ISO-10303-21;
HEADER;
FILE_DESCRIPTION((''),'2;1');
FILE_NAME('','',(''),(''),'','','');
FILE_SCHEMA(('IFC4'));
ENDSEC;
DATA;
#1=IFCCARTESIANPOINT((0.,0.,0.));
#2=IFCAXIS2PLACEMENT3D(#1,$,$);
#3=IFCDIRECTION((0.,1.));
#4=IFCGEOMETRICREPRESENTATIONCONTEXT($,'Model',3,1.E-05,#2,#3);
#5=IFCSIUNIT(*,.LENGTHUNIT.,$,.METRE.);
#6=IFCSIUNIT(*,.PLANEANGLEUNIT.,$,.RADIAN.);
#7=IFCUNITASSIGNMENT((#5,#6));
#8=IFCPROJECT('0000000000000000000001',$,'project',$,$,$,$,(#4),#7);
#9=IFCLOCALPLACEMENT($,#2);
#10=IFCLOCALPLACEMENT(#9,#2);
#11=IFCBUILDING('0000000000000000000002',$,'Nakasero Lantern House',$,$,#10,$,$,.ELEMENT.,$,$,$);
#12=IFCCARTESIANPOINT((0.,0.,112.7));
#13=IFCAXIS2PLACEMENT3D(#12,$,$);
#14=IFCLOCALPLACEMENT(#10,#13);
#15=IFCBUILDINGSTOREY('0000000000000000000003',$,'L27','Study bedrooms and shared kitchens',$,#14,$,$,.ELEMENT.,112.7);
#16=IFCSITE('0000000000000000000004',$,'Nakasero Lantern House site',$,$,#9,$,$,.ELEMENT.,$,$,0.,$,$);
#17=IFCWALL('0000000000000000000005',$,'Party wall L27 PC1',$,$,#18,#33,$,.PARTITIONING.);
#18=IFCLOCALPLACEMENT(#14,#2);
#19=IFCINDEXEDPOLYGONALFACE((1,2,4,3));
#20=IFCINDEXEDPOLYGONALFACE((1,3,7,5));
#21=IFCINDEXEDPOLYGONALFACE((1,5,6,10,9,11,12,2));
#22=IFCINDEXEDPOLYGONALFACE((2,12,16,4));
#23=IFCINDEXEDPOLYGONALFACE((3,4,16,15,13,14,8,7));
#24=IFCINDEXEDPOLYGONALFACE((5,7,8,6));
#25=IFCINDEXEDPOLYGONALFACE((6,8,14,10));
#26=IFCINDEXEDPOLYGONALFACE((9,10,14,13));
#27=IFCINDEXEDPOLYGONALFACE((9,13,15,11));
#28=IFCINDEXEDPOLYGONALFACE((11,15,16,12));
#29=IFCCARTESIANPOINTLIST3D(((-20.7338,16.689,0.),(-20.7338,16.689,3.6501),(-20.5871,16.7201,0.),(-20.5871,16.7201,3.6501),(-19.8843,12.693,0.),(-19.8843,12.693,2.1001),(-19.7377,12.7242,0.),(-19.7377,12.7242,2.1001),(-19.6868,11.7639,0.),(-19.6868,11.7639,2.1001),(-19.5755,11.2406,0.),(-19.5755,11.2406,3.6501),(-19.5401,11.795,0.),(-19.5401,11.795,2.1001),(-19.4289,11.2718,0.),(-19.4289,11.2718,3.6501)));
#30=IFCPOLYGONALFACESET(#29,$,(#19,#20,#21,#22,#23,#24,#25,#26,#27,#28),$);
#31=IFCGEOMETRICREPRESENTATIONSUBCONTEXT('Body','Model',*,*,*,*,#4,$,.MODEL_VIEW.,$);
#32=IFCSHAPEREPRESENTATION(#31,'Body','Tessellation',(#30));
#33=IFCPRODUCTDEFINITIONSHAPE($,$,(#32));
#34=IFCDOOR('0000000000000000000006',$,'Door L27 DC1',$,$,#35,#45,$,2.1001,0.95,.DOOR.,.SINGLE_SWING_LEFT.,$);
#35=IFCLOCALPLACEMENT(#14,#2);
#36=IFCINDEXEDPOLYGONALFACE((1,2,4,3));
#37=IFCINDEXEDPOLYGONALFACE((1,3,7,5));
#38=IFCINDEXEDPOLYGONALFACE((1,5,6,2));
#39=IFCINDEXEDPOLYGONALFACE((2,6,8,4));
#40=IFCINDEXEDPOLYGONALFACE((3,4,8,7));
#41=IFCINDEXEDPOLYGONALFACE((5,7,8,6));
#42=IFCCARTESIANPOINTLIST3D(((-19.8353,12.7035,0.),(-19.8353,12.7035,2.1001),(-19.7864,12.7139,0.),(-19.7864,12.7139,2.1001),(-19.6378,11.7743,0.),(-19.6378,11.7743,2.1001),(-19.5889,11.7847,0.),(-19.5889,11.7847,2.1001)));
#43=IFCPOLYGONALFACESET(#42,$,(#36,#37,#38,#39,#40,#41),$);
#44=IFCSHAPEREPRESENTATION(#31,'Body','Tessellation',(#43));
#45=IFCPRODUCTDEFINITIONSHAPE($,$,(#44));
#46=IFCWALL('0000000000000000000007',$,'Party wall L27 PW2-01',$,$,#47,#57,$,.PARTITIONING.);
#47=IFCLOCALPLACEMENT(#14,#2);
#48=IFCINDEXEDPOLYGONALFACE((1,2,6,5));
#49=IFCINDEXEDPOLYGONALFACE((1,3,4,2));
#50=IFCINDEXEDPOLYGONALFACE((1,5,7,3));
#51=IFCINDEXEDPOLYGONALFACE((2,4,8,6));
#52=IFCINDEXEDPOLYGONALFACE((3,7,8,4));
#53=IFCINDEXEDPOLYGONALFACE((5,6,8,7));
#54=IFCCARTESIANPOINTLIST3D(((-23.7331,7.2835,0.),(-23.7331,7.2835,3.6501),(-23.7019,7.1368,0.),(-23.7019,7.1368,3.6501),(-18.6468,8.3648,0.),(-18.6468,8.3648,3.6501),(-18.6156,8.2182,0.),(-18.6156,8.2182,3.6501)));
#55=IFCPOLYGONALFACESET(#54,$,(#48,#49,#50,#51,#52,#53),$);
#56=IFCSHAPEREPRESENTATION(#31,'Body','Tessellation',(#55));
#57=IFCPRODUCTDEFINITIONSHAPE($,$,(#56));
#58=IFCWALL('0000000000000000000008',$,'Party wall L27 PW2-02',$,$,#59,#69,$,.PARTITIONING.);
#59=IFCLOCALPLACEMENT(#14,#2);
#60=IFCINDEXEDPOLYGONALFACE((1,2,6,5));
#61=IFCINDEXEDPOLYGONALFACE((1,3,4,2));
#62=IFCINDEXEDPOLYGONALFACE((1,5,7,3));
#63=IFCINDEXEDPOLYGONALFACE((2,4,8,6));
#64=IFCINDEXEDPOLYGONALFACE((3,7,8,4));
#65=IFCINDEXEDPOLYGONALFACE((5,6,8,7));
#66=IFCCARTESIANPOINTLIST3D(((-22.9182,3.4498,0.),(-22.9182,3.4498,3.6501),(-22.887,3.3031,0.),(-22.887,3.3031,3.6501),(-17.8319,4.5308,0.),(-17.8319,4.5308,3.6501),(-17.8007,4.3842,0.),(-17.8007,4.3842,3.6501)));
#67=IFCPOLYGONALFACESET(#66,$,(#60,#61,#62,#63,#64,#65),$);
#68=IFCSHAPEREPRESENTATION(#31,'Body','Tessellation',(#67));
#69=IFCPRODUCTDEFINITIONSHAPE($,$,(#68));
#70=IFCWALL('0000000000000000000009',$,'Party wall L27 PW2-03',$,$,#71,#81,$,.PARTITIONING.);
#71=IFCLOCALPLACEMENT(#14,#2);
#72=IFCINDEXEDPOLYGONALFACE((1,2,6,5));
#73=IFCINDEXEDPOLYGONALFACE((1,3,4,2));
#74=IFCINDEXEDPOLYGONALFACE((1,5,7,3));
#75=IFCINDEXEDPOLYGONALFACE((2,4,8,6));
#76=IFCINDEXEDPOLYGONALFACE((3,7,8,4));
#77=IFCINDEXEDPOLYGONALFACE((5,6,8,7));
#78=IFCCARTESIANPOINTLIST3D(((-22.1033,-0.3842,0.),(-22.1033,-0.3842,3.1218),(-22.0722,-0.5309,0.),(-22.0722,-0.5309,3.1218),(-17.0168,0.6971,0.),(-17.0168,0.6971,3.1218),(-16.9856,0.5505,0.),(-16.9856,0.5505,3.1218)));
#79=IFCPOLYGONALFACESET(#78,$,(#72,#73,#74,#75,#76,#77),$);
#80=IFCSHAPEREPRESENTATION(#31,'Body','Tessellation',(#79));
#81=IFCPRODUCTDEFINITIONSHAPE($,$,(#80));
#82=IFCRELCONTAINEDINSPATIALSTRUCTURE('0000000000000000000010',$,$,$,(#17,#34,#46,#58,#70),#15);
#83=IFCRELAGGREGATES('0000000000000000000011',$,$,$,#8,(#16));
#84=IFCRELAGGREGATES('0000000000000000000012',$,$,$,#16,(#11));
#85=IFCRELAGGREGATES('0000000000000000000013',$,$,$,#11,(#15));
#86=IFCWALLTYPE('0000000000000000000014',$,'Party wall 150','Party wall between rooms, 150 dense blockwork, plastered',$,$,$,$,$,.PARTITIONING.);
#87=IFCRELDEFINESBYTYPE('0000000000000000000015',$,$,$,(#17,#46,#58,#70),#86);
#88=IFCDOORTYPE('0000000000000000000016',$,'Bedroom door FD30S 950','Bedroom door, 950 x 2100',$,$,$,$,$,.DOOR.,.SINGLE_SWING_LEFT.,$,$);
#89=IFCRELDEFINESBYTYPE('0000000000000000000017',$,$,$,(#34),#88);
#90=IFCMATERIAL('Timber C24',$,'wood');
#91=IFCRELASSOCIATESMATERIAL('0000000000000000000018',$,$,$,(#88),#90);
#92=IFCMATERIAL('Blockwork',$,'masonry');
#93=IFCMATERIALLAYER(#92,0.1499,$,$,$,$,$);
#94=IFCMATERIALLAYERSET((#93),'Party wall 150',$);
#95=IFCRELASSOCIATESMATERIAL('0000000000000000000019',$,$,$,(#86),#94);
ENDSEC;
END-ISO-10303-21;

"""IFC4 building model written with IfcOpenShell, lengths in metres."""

from ifc_helpers import new_model, si_unit, direction, frame, frame_2d, origin, place, context, subcontext, project, spatial, rectangle, extrude, material, layer, layer_set, type_object, element, fill, save


model = new_model("IFC4")

# Units and contexts
model_context = context("Model", 3, precision=1e-05, world=origin(), true_north=direction((0.0, 1.0)))
body_context = subcontext(model_context, "Body", "Model", "MODEL_VIEW")
ifc_project = project(units=[si_unit("LENGTHUNIT", "METRE"), si_unit("PLANEANGLEUNIT", "RADIAN")], contexts=[model_context])

# Site, building, storey
site_placement = place(None, origin())
site = spatial("IfcSite", under=ifc_project, at=site_placement, Name="Nakasero Lantern House site", CompositionType="ELEMENT", RefElevation=0.0)
building_placement = place(site_placement, origin())
building = spatial("IfcBuilding", under=site, at=building_placement, Name="Nakasero Lantern House", CompositionType="ELEMENT")
storey_placement = place(building_placement, frame((0.0, 0.0, 112.7)))
storey = spatial("IfcBuildingStorey", under=building, at=storey_placement, Name="L27", Description="Study bedrooms and shared kitchens", CompositionType="ELEMENT", Elevation=112.7)

# Shared definitions
ifc_material_1 = material(Name="Timber C24", Category="wood")
door_type_1 = type_object("IfcDoorType", Name="Bedroom door FD30S 950", Description="Bedroom door, 950 x 2100", OperationType="SINGLE_SWING_LEFT", PredefinedType="DOOR", material=ifc_material_1)

# Wall, opening, door
ifc_material_2 = material(Name="Blockwork", Category="masonry")
ifc_layer_1 = layer(ifc_material_2, 0.1499)
ifc_layer_set_1 = layer_set([ifc_layer_1], Name="Party wall 150")
wall_type_1 = type_object("IfcWallType", Name="Party wall 150", Description="Party wall between rooms, 150 dense blockwork, plastered", PredefinedType="PARTITIONING", material=ifc_layer_set_1)
wall_1_placement = place(storey_placement, frame((-19.5022, 11.2561, 0.0), z_axis=(0.0, 0.0, 1.0), x_axis=(-0.207936, 0.978142, 0.0)))
wall_1 = element("IfcWall", 1, at=wall_1_placement, inside=storey, type_object=wall_type_1, Name="Party wall L27 PC1", PredefinedType="PARTITIONING", context=body_context, shape_type="SweptSolid", body=[
    extrude(rectangle(XDim=5.5701, YDim=0.1499, at=frame_2d((2.7852, 0.0))), origin(), (0.0, 0.0, 1.0), 3.6501),
])
opening_1_placement = place(wall_1_placement, frame((0.5349, 0.0, 0.0)))
opening_1 = element("IfcOpeningElement", 2, at=opening_1_placement, cuts=wall_1, PredefinedType="OPENING", context=body_context, shape_type="SweptSolid", body=[
    extrude(rectangle(XDim=0.95, YDim=2.1001, at=frame_2d((0.4751, 1.05))), frame((0.0, 0.095, 0.0), z_axis=(0.0, -1.0, 0.0), x_axis=(1.0, 0.0, 0.0)), (0.0, 0.0, 1.0), 0.1899),
])
door_1_placement = place(opening_1_placement, origin())
door_1 = element("IfcDoor", 3, at=door_1_placement, inside=storey, type_object=door_type_1, Name="Door L27 DC1", OperationType="SINGLE_SWING_LEFT", OverallHeight=2.1001, OverallWidth=0.95, PredefinedType="DOOR", context=body_context, shape_type="SweptSolid", body=[
    extrude(rectangle(XDim=0.95, YDim=2.1001, at=frame_2d((0.4751, 1.05))), frame((0.0, 0.0249, 0.0), z_axis=(0.0, -1.0, 0.0), x_axis=(1.0, 0.0, 0.0)), (0.0, 0.0, 1.0), 0.05),
])
fill(opening_1, door_1)

# Walls
for number, where, z_axis, x_axis, name in (
    (4, (-18.6311, 8.2915, 0.0), (0.0, 0.0, 1.0), (-0.97814, -0.207948, 0.0), "Party wall L27 PW2-01"),
    (5, (-17.8162, 4.4575, 0.0), (0.0, 0.0, 1.0), (-0.978151, -0.207894, 0.0), "Party wall L27 PW2-02"),
):
    element("IfcWall", number, at=place(storey_placement, frame(where, z_axis=z_axis, x_axis=x_axis)), inside=storey, type_object=wall_type_1, Name=name, PredefinedType="PARTITIONING", context=body_context, shape_type="SweptSolid", body=[
        extrude(rectangle(XDim=5.2, YDim=0.1499, at=frame_2d((2.6001, 0.0))), origin(), (0.0, 0.0, 1.0), 3.6501),
    ])
wall_2_placement = place(storey_placement, frame((-17.0012, 0.6238, 0.0), z_axis=(0.0, 0.0, 1.0), x_axis=(-0.978142, -0.207938, 0.0)))
element("IfcWall", 6, at=wall_2_placement, inside=storey, type_object=wall_type_1, Name="Party wall L27 PW2-03", PredefinedType="PARTITIONING", context=body_context, shape_type="SweptSolid", body=[
    extrude(rectangle(XDim=5.2002, YDim=0.1499, at=frame_2d((2.6001, 0.0))), origin(), (0.0, 0.0, 1.0), 3.1218),
])

save(model, "model.ifc")
